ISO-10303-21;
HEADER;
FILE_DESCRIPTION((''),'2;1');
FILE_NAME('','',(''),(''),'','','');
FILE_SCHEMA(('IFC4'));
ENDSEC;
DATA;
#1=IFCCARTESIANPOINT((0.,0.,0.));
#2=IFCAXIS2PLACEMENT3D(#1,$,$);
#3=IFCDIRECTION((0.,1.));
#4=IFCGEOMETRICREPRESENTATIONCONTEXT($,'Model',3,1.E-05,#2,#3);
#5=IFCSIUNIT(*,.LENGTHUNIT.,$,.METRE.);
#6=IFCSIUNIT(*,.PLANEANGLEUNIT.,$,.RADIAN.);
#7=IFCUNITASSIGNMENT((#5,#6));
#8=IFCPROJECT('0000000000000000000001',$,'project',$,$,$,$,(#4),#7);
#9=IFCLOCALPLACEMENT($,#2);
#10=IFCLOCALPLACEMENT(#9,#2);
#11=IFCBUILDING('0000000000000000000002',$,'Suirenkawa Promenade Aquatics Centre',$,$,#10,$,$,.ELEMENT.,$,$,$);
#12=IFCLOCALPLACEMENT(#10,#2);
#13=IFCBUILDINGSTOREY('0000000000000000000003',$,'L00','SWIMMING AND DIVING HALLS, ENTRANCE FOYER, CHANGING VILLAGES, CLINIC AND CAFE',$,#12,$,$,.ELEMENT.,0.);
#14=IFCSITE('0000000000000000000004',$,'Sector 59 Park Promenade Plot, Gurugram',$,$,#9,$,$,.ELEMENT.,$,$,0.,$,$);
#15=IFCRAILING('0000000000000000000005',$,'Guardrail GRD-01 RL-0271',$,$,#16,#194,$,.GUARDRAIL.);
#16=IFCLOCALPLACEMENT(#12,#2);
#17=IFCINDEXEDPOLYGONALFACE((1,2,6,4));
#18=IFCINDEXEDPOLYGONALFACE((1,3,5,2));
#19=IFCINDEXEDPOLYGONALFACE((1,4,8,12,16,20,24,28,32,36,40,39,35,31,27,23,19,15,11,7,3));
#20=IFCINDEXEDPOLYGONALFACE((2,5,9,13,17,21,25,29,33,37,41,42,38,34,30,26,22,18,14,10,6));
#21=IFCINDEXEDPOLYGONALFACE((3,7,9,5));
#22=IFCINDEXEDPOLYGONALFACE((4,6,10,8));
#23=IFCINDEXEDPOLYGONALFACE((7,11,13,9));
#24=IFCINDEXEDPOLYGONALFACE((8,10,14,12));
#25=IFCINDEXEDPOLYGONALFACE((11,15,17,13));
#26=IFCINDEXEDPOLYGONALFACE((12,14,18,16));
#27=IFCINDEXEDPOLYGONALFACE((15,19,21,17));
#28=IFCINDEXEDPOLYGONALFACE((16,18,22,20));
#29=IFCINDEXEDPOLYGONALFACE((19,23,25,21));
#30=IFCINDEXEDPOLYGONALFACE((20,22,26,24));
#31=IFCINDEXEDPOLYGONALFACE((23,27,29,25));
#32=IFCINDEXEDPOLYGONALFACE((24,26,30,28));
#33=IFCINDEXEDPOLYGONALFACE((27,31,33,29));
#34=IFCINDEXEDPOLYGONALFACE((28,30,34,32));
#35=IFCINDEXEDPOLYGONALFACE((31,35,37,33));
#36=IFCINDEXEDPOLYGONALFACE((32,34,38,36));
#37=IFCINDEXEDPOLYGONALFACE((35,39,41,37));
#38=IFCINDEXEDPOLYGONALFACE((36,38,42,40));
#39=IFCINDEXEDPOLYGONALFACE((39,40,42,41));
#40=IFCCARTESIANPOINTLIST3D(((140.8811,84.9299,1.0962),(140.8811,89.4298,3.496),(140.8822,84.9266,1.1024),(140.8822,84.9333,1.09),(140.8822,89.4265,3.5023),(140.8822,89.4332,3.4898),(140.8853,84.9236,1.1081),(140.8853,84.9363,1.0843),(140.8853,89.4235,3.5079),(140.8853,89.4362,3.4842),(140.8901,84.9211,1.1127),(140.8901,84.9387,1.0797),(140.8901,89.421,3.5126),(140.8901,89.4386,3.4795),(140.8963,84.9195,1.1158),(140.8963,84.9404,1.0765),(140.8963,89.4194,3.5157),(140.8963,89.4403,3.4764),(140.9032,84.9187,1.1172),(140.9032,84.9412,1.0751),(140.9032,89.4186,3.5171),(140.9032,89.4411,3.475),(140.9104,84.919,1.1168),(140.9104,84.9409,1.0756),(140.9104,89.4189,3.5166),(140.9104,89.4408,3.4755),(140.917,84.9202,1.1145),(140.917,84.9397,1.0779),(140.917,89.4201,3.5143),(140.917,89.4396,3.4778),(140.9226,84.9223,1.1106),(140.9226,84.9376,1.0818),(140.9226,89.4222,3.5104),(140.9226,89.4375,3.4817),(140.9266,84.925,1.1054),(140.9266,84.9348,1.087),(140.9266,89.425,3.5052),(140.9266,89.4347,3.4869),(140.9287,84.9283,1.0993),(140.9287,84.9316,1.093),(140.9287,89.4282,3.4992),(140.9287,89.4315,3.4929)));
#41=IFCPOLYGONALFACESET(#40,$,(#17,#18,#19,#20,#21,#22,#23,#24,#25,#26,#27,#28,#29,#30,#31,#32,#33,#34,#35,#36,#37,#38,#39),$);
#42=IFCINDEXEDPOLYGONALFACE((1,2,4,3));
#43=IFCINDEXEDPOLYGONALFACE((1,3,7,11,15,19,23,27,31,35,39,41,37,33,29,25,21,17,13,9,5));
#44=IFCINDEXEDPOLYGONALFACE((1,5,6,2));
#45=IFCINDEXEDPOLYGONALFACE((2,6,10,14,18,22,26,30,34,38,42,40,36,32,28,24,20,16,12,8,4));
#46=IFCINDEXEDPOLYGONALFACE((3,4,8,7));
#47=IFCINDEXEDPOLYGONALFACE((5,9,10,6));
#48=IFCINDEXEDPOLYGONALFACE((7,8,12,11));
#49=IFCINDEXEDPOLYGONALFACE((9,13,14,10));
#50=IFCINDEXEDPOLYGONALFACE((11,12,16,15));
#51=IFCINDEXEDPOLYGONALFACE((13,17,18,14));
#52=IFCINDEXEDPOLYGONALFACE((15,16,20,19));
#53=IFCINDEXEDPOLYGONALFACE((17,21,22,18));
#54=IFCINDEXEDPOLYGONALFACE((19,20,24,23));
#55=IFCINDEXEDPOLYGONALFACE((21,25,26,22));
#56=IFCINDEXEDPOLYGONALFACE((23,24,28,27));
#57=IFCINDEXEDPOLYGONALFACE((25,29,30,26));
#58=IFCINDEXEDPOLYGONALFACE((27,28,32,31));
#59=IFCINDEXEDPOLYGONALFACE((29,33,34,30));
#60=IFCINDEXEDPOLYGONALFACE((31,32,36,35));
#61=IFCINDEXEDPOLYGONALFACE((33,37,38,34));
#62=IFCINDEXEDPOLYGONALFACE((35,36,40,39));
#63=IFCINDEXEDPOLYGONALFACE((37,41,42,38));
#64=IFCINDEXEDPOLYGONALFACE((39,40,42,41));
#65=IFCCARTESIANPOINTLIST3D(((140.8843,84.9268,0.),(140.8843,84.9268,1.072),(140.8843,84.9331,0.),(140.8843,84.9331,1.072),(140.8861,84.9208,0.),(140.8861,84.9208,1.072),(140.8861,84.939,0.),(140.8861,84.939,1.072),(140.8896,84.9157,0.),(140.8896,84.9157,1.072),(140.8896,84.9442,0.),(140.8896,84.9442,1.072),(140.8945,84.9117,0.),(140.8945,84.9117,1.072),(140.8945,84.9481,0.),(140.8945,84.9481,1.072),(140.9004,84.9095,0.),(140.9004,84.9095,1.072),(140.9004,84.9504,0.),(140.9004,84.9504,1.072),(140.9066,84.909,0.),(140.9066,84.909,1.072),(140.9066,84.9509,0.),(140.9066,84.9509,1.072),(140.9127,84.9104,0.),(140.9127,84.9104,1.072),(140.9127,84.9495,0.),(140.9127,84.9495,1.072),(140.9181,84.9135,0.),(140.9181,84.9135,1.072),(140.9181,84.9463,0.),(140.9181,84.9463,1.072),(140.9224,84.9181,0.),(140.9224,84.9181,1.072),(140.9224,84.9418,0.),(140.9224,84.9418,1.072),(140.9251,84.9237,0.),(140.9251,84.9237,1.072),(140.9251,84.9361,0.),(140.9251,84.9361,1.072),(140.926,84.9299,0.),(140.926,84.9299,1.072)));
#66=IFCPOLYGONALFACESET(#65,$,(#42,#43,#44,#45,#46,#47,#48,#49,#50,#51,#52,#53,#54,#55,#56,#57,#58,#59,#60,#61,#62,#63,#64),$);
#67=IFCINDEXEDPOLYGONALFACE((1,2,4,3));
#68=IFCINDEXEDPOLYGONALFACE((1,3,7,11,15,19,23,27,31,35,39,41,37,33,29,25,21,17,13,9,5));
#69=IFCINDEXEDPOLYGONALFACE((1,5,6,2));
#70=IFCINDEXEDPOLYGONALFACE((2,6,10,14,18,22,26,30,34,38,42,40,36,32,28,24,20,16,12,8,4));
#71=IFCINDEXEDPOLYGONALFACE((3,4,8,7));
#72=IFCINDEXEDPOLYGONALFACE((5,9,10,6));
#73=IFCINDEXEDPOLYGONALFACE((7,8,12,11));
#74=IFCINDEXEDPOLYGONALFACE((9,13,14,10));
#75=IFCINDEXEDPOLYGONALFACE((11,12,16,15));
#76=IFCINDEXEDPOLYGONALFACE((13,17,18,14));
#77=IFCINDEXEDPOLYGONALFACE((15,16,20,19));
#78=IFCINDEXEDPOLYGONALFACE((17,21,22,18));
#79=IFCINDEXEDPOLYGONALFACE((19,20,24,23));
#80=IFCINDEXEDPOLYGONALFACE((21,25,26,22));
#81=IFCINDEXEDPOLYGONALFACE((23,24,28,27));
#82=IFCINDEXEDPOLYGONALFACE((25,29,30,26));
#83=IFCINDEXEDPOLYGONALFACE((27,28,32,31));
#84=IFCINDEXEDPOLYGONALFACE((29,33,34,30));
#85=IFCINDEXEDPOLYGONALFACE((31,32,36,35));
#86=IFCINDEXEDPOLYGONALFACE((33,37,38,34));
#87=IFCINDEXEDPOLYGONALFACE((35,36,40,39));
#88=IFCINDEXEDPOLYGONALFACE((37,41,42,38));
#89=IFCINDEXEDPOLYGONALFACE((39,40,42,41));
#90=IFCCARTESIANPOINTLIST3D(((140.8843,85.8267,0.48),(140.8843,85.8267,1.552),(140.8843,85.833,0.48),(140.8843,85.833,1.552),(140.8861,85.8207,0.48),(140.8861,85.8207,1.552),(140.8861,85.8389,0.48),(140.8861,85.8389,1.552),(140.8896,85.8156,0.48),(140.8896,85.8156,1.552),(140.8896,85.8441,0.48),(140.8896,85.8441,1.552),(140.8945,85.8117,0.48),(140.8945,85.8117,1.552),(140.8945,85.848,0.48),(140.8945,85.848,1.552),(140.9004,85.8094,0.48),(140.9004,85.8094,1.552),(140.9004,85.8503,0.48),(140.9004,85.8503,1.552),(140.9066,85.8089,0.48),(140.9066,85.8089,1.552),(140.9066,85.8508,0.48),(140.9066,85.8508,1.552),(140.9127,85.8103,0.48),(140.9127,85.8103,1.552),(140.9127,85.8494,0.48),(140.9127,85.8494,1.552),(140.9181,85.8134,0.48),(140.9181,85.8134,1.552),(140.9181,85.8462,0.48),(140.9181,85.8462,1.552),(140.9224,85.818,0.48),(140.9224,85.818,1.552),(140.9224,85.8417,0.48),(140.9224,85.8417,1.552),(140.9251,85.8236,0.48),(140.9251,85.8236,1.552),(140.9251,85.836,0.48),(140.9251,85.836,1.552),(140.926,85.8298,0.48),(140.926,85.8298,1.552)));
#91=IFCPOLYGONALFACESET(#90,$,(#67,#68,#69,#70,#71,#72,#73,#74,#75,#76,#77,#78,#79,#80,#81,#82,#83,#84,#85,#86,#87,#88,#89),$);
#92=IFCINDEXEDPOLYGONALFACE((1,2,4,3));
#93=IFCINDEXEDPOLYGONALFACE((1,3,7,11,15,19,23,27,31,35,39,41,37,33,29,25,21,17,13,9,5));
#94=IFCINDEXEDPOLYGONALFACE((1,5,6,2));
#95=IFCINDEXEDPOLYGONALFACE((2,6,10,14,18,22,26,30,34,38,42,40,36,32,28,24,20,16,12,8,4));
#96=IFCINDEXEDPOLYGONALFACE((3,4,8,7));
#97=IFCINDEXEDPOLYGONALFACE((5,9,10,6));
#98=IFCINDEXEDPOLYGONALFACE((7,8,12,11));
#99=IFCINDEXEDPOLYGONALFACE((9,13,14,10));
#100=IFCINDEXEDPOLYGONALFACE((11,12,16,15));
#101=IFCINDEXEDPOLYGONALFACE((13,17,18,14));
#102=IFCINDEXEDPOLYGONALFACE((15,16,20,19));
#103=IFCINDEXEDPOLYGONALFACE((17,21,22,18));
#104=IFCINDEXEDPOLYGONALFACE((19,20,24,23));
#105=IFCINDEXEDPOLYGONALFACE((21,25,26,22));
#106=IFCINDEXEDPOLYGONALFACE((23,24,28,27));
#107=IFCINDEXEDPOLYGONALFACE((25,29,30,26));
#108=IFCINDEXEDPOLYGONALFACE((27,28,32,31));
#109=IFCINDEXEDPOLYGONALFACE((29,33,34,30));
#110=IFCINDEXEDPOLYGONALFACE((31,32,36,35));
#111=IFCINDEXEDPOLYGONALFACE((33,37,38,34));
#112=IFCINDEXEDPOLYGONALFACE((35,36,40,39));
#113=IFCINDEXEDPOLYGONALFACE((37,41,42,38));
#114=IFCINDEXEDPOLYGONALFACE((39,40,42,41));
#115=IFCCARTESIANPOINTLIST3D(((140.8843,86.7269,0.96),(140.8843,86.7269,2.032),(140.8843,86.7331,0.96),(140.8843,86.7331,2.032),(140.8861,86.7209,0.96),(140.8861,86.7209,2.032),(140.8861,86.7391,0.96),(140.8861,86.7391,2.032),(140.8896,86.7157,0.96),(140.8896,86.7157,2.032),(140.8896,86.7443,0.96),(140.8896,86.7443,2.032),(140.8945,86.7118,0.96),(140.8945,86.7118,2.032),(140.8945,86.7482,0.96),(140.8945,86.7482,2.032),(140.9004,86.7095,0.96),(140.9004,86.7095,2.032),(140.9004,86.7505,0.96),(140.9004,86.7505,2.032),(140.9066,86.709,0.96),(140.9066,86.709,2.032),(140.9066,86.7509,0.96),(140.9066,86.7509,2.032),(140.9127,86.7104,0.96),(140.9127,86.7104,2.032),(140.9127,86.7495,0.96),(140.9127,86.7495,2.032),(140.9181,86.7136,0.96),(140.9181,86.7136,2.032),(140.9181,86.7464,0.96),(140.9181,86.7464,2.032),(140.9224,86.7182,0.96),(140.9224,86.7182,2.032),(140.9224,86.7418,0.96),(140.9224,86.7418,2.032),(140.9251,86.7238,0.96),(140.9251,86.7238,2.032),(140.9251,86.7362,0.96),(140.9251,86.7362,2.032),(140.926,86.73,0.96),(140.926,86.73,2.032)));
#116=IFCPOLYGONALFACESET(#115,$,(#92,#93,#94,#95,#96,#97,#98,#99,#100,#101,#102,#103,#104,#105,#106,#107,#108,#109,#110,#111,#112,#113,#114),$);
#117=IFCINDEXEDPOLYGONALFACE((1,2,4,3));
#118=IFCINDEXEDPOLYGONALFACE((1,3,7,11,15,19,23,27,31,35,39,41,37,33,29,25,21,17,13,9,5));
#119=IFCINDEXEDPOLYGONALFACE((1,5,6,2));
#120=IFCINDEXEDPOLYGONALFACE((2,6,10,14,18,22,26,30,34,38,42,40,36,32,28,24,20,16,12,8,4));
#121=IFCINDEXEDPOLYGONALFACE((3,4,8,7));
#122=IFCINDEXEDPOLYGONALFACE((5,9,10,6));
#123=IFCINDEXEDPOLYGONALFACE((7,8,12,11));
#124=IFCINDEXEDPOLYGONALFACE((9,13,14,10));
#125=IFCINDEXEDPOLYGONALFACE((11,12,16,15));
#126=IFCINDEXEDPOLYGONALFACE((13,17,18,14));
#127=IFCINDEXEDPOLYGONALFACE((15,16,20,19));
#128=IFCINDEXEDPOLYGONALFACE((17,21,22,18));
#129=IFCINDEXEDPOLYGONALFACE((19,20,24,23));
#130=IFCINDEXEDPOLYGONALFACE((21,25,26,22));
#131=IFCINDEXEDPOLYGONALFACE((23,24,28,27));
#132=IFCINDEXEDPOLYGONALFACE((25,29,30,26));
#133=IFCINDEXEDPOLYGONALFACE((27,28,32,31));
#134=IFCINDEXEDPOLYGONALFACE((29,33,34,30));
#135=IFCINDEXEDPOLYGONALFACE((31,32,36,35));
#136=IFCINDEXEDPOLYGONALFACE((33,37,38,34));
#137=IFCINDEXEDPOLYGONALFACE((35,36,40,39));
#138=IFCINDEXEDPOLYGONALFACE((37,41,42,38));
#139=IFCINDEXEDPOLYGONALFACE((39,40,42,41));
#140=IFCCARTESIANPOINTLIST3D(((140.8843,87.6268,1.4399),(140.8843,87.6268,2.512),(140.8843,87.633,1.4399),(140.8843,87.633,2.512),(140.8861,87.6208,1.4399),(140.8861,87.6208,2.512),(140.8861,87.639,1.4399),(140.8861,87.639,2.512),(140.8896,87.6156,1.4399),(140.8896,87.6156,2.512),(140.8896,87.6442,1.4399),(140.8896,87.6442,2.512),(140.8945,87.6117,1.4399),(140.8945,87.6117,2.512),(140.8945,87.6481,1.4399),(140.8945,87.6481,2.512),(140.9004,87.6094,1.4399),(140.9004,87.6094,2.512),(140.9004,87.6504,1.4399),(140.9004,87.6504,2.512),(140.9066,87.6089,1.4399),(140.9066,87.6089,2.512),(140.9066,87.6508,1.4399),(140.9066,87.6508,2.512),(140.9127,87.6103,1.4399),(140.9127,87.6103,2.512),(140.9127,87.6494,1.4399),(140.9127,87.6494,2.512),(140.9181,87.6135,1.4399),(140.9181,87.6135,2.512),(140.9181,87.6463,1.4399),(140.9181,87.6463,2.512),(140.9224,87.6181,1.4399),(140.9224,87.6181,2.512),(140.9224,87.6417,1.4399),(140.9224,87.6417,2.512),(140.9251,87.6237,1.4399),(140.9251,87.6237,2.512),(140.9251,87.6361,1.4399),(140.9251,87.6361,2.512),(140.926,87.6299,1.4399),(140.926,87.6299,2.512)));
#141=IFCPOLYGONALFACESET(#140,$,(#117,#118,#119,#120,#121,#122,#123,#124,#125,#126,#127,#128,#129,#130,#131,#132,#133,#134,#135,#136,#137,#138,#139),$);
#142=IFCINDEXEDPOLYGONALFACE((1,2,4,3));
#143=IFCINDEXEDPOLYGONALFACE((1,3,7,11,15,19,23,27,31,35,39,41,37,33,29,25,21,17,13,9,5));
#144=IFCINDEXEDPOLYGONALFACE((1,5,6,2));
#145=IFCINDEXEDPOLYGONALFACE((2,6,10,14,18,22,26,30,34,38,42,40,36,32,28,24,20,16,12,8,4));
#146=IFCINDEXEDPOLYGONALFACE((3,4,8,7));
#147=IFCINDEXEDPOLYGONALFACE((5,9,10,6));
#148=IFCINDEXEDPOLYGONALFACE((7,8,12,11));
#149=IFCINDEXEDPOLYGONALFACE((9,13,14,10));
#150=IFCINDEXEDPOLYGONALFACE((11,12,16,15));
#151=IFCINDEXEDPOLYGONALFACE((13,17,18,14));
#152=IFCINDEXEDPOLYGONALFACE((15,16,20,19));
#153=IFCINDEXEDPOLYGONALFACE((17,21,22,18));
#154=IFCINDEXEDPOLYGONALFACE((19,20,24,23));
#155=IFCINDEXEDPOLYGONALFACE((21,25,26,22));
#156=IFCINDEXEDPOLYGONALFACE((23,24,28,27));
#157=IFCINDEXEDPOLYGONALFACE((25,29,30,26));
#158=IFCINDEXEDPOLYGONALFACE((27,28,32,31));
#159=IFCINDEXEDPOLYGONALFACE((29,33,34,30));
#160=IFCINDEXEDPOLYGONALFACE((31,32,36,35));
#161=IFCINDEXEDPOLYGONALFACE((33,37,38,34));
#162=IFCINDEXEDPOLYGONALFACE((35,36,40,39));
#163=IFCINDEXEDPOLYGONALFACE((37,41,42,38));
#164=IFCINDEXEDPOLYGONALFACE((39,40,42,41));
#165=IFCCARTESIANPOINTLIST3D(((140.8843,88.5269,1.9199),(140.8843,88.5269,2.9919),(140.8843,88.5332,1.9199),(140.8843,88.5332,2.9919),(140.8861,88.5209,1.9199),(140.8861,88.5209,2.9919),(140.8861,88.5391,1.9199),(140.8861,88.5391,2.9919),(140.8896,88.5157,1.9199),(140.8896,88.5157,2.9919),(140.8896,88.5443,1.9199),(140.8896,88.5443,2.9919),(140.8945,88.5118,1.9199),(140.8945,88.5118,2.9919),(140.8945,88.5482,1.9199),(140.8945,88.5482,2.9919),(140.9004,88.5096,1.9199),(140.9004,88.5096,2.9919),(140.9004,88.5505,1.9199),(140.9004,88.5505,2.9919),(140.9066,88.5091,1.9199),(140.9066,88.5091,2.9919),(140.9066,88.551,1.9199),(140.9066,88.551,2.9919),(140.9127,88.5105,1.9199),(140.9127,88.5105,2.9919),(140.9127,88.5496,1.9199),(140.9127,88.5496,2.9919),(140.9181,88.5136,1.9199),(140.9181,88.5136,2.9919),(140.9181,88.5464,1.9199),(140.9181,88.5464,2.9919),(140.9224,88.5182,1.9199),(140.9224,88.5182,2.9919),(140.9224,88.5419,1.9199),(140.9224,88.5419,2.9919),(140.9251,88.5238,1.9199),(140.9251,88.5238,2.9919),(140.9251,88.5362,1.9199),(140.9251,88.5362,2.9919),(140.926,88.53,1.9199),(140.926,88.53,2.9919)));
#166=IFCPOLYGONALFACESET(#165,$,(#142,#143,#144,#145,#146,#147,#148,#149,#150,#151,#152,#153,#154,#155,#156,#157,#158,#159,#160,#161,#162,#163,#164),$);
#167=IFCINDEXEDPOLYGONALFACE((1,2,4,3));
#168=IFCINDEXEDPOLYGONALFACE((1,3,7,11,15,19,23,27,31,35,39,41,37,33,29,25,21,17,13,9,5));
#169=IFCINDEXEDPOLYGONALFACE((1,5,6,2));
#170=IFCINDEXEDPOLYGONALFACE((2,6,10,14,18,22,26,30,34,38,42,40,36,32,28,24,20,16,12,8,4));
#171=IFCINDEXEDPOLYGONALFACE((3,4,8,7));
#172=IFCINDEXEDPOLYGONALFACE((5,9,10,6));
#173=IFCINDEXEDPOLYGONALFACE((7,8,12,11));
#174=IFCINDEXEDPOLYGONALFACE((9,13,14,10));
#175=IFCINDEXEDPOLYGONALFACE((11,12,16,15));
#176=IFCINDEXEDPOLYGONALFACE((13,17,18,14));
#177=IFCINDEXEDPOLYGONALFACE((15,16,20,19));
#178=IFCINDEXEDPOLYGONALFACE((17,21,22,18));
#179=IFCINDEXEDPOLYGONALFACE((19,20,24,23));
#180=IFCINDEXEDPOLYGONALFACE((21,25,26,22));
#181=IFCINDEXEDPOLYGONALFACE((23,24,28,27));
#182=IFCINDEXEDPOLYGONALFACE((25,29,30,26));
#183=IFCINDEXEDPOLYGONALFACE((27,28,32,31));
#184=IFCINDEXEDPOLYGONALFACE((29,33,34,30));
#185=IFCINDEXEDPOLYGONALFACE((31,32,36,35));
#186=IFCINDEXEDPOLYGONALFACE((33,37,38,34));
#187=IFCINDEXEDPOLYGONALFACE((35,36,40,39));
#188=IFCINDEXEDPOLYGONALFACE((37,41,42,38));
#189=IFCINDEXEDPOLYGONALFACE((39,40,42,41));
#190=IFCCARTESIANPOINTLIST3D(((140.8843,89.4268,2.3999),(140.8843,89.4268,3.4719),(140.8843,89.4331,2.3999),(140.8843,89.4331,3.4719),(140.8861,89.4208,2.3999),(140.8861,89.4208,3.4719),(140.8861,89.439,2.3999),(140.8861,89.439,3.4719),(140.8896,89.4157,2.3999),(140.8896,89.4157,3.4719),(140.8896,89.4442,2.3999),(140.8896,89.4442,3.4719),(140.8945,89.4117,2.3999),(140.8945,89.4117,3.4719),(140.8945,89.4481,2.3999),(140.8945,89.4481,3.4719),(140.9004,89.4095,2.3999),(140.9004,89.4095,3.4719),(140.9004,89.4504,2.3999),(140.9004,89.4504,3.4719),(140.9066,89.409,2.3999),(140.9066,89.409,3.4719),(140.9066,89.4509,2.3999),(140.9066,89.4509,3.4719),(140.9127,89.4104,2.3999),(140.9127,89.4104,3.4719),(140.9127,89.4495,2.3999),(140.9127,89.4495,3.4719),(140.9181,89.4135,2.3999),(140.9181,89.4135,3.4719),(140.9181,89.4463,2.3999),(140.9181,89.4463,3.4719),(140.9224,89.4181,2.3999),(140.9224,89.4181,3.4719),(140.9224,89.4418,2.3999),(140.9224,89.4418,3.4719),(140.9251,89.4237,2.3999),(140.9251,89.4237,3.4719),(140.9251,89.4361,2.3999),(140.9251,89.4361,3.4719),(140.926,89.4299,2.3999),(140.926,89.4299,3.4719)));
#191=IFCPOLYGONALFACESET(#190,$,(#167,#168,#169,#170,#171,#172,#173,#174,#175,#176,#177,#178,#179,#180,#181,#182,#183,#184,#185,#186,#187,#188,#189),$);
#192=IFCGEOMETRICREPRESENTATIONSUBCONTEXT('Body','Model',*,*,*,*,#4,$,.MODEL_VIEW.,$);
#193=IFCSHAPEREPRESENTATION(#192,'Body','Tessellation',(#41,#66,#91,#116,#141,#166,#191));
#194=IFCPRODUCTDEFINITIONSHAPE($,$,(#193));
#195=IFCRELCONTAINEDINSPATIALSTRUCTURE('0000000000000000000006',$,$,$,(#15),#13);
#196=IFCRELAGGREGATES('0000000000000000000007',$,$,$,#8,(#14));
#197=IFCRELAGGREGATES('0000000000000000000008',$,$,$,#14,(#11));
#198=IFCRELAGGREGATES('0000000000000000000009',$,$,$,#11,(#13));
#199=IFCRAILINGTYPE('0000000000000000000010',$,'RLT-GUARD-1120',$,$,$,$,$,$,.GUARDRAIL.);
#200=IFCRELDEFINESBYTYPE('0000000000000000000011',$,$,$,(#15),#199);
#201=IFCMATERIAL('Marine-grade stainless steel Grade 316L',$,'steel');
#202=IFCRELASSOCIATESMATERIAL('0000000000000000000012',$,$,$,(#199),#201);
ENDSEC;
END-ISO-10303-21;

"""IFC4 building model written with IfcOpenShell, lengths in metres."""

from ifc_helpers import new_model, si_unit, direction, frame, origin, origin_2d, place, context, subcontext, project, spatial, circle, extrude, material, type_object, element, save


model = new_model("IFC4")

# Units and contexts
model_context = context("Model", 3, precision=1e-05, world=origin(), true_north=direction((0.0, 1.0)))
body_context = subcontext(model_context, "Body", "Model", "MODEL_VIEW")
ifc_project = project(units=[si_unit("LENGTHUNIT", "METRE"), si_unit("PLANEANGLEUNIT", "RADIAN")], contexts=[model_context])

# Site, building, storey
site_placement = place(None, origin())
site = spatial("IfcSite", under=ifc_project, at=site_placement, Name="Sector 59 Park Promenade Plot, Gurugram", CompositionType="ELEMENT", RefElevation=0.0)
building_placement = place(site_placement, origin())
building = spatial("IfcBuilding", under=site, at=building_placement, Name="Suirenkawa Promenade Aquatics Centre", CompositionType="ELEMENT")
storey_placement = place(building_placement, origin())
storey = spatial("IfcBuildingStorey", under=building, at=storey_placement, Name="L00", Description="SWIMMING AND DIVING HALLS, ENTRANCE FOYER, CHANGING VILLAGES, CLINIC AND CAFE", CompositionType="ELEMENT", Elevation=0.0)

# Railing
ifc_material_1 = material(Name="Marine-grade stainless steel Grade 316L", Category="steel")
railing_type_1 = type_object("IfcRailingType", Name="RLT-GUARD-1120", PredefinedType="GUARDRAIL", material=ifc_material_1)
for number, where, name in (
    (1, (140.905, 84.9299, 0.0), "Guardrail GRD-01 RL-0271"),
):
    element("IfcRailing", number, at=place(storey_placement, frame(where)), inside=storey, type_object=railing_type_1, Name=name, PredefinedType="GUARDRAIL", context=body_context, shape_type="SweptSolid", body=[
        extrude(circle(Radius=0.0239, at=origin_2d()), frame((0.0, 0.0, 1.0962), z_axis=(0.0, 0.882361, 0.470573), x_axis=(-1.0, 0.0, 0.0)), (0.0, 0.0, 1.0), 5.0999),
        extrude(circle(Radius=0.021, at=origin_2d()), origin(), (0.0, 0.0, 1.0), 1.072),
        extrude(circle(Radius=0.021, at=origin_2d()), frame((0.0, 0.8999, 0.48)), (0.0, 0.0, 1.0), 1.072),
        extrude(circle(Radius=0.021, at=origin_2d()), frame((0.0, 1.8, 0.96)), (0.0, 0.0, 1.0), 1.072),
        extrude(circle(Radius=0.021, at=origin_2d()), frame((0.0, 2.7, 1.4399)), (0.0, 0.0, 1.0), 1.072),
        extrude(circle(Radius=0.021, at=origin_2d()), frame((0.0, 3.6001, 1.9199)), (0.0, 0.0, 1.0), 1.072),
        extrude(circle(Radius=0.021, at=origin_2d()), frame((0.0, 4.5, 2.3999)), (0.0, 0.0, 1.0), 1.072),
    ])

save(model, "model.ifc")
